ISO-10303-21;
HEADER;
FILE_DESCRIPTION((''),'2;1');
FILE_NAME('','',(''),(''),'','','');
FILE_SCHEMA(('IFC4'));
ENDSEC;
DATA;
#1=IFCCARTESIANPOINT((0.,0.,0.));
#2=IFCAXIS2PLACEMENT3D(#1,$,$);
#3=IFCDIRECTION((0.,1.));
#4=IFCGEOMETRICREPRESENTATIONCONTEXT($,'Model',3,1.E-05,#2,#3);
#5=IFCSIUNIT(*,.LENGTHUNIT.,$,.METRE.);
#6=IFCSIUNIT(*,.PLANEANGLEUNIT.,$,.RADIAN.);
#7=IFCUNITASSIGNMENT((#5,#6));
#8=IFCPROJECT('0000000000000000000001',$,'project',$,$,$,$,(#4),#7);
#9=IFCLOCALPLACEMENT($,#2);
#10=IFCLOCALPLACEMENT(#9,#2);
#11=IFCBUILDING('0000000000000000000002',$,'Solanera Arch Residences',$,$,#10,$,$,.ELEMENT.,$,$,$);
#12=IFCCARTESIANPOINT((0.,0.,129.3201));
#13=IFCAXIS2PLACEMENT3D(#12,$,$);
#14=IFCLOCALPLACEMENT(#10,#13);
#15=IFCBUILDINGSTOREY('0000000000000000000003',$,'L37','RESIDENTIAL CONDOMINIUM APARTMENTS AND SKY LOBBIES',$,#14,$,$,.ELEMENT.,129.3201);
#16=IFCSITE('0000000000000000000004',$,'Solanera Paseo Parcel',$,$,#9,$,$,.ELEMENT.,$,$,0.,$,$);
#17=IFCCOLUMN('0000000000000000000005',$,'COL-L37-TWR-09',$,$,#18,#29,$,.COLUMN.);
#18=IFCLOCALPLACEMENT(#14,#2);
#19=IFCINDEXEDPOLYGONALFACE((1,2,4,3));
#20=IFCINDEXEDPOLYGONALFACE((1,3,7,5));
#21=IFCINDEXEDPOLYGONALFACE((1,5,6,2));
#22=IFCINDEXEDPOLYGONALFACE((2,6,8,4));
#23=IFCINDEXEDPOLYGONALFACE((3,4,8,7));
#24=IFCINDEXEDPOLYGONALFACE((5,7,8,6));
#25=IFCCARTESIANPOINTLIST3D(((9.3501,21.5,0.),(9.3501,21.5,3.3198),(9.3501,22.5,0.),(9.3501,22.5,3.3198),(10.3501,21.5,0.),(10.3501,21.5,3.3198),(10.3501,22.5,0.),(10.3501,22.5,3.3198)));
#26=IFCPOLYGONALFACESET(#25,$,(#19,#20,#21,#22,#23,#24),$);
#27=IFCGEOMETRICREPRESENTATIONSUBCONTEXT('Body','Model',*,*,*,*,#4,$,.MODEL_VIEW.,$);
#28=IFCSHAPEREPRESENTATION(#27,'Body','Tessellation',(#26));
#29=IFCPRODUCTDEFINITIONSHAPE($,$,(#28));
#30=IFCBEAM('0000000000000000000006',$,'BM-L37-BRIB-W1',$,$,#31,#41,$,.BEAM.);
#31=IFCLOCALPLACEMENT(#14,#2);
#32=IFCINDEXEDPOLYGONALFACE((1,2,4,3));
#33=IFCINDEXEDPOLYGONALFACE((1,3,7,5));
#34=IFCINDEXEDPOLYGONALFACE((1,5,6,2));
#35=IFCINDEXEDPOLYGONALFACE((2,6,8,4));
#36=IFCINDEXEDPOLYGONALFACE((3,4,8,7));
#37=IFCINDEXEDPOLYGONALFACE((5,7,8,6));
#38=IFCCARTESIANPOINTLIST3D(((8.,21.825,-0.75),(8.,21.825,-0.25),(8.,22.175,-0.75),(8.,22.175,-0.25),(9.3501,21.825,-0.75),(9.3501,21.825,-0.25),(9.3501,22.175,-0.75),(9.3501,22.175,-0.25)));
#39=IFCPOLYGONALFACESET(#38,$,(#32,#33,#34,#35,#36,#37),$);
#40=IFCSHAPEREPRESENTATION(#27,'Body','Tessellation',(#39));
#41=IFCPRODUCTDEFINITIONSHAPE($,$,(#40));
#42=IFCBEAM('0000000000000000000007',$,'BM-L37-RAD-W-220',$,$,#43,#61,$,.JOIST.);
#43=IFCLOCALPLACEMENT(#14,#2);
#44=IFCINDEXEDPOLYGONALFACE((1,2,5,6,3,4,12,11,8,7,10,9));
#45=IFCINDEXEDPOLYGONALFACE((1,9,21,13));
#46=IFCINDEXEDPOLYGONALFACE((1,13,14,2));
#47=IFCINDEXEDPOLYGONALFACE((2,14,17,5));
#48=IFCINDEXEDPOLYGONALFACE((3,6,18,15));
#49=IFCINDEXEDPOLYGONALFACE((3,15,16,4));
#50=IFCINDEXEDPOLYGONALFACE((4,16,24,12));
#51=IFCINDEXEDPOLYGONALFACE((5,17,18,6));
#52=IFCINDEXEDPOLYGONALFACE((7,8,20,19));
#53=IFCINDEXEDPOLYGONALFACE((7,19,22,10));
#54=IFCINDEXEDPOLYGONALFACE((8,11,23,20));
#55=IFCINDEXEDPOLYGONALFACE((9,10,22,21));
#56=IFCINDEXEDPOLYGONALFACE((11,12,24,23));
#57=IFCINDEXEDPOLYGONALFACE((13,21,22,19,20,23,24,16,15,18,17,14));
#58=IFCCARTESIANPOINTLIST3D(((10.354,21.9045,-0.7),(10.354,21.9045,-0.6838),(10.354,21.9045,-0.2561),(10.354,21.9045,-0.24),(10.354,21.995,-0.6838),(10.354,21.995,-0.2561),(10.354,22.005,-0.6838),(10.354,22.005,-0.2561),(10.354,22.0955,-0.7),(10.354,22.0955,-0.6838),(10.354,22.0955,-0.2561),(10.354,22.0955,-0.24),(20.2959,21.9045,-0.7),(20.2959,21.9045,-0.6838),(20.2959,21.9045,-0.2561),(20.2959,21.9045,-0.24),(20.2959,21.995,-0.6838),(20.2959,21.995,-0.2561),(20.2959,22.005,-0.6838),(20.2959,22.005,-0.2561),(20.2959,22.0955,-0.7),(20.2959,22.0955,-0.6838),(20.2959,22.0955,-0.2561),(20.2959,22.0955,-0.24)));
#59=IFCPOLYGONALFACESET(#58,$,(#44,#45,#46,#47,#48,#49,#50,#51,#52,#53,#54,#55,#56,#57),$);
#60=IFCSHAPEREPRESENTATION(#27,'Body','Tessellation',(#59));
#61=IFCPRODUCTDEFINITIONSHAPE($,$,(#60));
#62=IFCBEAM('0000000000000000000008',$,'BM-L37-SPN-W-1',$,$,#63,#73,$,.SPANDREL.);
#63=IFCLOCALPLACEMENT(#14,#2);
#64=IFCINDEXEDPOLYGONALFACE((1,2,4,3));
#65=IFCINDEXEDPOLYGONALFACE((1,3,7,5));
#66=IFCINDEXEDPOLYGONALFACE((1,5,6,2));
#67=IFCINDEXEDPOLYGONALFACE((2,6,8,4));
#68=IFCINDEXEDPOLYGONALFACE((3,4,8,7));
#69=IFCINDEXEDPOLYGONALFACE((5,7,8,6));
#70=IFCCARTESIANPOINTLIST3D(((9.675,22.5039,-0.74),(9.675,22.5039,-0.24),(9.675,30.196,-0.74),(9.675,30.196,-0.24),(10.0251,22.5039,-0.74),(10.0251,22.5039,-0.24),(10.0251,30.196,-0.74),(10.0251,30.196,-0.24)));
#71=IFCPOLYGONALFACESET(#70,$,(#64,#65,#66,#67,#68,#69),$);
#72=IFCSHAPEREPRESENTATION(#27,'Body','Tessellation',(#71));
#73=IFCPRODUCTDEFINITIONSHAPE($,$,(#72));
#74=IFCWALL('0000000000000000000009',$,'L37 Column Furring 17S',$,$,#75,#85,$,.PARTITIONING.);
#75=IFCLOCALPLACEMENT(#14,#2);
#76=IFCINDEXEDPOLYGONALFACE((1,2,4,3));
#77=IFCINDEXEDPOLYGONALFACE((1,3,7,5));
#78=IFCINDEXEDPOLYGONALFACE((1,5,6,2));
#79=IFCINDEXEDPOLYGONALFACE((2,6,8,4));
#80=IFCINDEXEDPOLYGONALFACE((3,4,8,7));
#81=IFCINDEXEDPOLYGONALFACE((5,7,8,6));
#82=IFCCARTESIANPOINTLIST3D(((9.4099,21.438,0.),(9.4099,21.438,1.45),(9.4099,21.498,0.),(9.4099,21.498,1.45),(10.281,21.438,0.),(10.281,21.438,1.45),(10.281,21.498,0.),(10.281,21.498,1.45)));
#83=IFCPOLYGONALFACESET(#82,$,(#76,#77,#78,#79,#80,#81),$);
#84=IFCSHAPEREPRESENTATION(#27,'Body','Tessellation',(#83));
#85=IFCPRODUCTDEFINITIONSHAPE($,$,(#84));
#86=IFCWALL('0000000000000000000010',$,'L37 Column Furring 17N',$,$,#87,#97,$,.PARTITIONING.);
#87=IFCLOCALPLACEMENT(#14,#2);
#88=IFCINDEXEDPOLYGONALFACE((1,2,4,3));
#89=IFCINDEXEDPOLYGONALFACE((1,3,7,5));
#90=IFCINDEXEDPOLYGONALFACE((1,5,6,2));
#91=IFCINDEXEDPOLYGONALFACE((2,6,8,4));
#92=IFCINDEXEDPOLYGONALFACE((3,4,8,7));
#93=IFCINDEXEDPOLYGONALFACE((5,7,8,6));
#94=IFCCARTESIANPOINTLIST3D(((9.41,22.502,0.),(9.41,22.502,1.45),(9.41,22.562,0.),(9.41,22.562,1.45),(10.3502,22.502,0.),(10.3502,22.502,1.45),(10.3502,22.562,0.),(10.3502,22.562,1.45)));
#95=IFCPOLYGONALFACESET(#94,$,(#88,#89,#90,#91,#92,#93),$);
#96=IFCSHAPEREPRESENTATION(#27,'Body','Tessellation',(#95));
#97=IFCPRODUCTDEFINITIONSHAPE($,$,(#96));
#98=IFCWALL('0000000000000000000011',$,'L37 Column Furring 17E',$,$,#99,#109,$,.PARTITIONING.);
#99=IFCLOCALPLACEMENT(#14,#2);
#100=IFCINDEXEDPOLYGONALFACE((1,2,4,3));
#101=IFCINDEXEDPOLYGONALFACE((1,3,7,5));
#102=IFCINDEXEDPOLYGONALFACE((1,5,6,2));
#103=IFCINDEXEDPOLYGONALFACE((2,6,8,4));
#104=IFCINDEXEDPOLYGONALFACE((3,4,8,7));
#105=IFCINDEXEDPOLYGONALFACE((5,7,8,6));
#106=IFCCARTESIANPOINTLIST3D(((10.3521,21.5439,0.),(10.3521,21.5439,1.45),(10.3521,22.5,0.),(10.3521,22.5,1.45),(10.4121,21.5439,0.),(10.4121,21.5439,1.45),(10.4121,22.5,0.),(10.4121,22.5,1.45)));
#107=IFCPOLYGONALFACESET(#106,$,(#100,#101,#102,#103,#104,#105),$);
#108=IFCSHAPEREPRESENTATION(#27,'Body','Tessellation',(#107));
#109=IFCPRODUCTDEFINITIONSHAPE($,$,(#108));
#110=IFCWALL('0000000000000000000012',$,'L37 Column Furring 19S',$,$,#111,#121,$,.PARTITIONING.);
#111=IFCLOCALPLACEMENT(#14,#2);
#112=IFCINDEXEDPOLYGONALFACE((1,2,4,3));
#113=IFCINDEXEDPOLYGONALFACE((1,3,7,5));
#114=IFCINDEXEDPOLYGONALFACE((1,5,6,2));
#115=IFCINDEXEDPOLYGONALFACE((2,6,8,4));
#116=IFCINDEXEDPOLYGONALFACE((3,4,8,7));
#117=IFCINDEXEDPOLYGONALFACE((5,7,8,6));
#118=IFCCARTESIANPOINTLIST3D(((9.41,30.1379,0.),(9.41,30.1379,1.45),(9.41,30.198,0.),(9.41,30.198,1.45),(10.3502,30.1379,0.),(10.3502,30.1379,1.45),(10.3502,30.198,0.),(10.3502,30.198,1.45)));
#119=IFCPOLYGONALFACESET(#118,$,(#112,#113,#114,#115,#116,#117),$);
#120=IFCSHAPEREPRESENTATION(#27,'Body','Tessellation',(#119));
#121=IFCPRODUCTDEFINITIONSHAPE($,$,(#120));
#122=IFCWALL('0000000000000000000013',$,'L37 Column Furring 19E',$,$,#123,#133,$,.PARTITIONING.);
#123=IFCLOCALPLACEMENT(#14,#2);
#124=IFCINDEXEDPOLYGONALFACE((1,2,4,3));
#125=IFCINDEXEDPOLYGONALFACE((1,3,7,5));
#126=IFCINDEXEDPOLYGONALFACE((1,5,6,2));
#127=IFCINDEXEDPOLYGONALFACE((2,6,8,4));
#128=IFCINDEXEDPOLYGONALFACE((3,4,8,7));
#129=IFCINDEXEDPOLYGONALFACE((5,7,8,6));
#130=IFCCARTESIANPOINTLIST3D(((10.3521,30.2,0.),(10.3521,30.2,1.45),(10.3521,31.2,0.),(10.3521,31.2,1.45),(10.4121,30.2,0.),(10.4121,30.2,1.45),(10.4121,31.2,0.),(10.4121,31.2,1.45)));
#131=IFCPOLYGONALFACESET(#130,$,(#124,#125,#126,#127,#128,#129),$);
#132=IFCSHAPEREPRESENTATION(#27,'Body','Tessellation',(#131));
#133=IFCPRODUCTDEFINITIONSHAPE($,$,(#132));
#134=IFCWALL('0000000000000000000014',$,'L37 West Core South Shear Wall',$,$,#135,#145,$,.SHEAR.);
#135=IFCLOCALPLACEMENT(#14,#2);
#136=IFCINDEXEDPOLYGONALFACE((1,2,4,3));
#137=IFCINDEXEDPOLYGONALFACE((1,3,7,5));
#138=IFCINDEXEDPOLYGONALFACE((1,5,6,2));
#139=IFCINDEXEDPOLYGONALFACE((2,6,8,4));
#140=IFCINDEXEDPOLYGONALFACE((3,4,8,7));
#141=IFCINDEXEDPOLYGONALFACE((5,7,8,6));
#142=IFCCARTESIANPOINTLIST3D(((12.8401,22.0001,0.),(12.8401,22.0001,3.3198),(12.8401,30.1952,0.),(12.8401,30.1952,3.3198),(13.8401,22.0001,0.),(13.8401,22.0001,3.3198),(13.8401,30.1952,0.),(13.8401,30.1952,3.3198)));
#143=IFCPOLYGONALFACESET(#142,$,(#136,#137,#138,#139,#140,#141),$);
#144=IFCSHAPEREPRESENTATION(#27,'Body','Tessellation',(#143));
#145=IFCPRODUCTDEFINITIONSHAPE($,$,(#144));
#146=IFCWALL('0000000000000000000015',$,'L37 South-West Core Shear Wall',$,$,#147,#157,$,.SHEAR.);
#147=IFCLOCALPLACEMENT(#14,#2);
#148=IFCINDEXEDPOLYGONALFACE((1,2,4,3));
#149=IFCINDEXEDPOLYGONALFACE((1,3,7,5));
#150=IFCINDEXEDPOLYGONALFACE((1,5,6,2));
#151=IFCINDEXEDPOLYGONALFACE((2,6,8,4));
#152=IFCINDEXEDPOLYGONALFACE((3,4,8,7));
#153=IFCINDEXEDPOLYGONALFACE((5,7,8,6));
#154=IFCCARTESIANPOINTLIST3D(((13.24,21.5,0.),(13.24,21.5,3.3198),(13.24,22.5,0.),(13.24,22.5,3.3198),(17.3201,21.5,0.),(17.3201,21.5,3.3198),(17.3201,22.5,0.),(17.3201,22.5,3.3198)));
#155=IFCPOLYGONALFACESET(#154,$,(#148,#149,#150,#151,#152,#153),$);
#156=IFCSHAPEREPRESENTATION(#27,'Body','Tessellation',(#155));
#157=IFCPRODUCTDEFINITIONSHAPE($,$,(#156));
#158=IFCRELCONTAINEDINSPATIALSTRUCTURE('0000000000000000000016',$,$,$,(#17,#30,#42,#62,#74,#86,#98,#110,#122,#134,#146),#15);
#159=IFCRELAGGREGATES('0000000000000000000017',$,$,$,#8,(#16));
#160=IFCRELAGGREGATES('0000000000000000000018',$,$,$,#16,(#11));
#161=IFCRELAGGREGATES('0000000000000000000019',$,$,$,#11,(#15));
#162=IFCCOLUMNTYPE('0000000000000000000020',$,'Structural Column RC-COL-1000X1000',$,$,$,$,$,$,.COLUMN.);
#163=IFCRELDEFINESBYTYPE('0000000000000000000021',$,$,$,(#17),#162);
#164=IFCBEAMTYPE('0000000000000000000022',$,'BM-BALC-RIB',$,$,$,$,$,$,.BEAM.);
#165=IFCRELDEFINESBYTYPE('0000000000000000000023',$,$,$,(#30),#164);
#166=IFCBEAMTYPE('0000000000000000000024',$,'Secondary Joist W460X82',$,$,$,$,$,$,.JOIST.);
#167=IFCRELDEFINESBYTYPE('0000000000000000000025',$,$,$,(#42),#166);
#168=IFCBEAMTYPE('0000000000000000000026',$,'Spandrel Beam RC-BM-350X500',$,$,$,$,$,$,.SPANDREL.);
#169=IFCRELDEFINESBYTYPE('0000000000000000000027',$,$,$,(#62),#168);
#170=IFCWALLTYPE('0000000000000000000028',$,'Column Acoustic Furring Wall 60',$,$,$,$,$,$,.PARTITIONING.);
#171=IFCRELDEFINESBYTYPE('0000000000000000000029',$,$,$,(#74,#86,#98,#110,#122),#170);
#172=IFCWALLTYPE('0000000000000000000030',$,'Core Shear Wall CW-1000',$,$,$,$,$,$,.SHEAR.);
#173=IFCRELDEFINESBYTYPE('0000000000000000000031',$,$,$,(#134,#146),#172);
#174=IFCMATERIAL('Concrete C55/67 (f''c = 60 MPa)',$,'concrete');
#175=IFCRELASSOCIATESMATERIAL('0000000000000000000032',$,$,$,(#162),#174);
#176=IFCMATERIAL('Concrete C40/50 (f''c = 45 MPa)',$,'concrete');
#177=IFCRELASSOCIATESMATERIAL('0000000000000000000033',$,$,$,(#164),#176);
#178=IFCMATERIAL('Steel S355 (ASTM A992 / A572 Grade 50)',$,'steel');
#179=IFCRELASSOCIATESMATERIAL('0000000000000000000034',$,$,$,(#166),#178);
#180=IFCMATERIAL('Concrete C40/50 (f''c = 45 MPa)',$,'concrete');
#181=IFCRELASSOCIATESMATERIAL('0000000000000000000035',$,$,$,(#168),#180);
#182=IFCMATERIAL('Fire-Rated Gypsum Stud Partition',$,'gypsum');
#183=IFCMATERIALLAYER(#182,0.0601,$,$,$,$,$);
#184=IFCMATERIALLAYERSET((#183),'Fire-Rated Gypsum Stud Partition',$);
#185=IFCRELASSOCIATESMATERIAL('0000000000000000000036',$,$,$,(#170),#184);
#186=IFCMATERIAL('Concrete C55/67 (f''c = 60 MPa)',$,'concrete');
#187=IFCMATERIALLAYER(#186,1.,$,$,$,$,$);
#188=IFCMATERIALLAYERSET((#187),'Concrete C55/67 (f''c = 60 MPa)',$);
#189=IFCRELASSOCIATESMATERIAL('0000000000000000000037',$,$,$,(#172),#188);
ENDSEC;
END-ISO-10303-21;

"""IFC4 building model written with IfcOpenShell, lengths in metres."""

from ifc_helpers import new_model, si_unit, direction, frame, frame_2d, origin, origin_2d, place, context, subcontext, project, spatial, rectangle, i_section, extrude, material, layer, layer_set, material_profile, profile_set, type_object, element, save


model = new_model("IFC4")

# Units and contexts
model_context = context("Model", 3, precision=1e-05, world=origin(), true_north=direction((0.0, 1.0)))
body_context = subcontext(model_context, "Body", "Model", "MODEL_VIEW")
ifc_project = project(units=[si_unit("LENGTHUNIT", "METRE"), si_unit("PLANEANGLEUNIT", "RADIAN")], contexts=[model_context])

# Site, building, storey
site_placement = place(None, origin())
site = spatial("IfcSite", under=ifc_project, at=site_placement, Name="Solanera Paseo Parcel", CompositionType="ELEMENT", RefElevation=0.0)
building_placement = place(site_placement, origin())
building = spatial("IfcBuilding", under=site, at=building_placement, Name="Solanera Arch Residences", CompositionType="ELEMENT")
storey_placement = place(building_placement, frame((0.0, 0.0, 129.3201)))
storey = spatial("IfcBuildingStorey", under=building, at=storey_placement, Name="L37", Description="RESIDENTIAL CONDOMINIUM APARTMENTS AND SKY LOBBIES", CompositionType="ELEMENT", Elevation=129.3201)

# Column
ifc_material_1 = material(Name="Concrete C55/67 (f'c = 60 MPa)", Category="concrete")
ifc_material_profile_1 = material_profile(ifc_material_1, rectangle(XDim=1.0, YDim=1.0, at=origin_2d()))
ifc_profile_set_1 = profile_set([ifc_material_profile_1], Name="Concrete C55/67 (f'c = 60 MPa)")
column_type = type_object("IfcColumnType", Name="Structural Column RC-COL-1000X1000", PredefinedType="COLUMN", material=ifc_profile_set_1)
column_placement = place(storey_placement, frame((9.8501, 22.0, 0.0), z_axis=(0.0, 0.0, 1.0), x_axis=(1.0, 0.0, 0.0)))
element("IfcColumn", 1, at=column_placement, inside=storey, type_object=column_type, Name="COL-L37-TWR-09", PredefinedType="COLUMN", context=body_context, shape_type="SweptSolid", body=[
    extrude(rectangle(XDim=1.0, YDim=1.0, at=origin_2d()), origin(), (0.0, 0.0, 1.0), 3.3198),
])

# Beams
ifc_material_2 = material(Name="Concrete C40/50 (f'c = 45 MPa)", Category="concrete")
ifc_material_profile_2 = material_profile(ifc_material_2, rectangle(XDim=0.3501, YDim=0.5, at=origin_2d()))
ifc_profile_set_2 = profile_set([ifc_material_profile_2], Name="Concrete C40/50 (f'c = 45 MPa)")
beam_type_1 = type_object("IfcBeamType", Name="BM-BALC-RIB", PredefinedType="BEAM", material=ifc_profile_set_2)
beam_1_placement = place(storey_placement, frame((8.0, 22.0, -0.5), z_axis=(1.0, 0.0, 0.0), x_axis=(0.0, 1.0, 0.0)))
element("IfcBeam", 2, at=beam_1_placement, inside=storey, type_object=beam_type_1, Name="BM-L37-BRIB-W1", PredefinedType="BEAM", context=body_context, shape_type="SweptSolid", body=[
    extrude(rectangle(XDim=0.3501, YDim=0.5, at=origin_2d()), origin(), (0.0, 0.0, 1.0), 1.3501),
])
ifc_material_3 = material(Name="Steel S355 (ASTM A992 / A572 Grade 50)", Category="steel")
ifc_material_profile_3 = material_profile(ifc_material_3, i_section(OverallWidth=0.1909, OverallDepth=0.46, WebThickness=0.01, FlangeThickness=0.0161, at=origin_2d()))
ifc_profile_set_3 = profile_set([ifc_material_profile_3], Name="Steel S355 (ASTM A992 / A572 Grade 50)")
beam_type_2 = type_object("IfcBeamType", Name="Secondary Joist W460X82", PredefinedType="JOIST", material=ifc_profile_set_3)
beam_2_placement = place(storey_placement, frame((10.354, 22.0, -0.47), z_axis=(1.0, 0.0, 0.0), x_axis=(0.0, 1.0, 0.0)))
element("IfcBeam", 3, at=beam_2_placement, inside=storey, type_object=beam_type_2, Name="BM-L37-RAD-W-220", PredefinedType="JOIST", context=body_context, shape_type="SweptSolid", body=[
    extrude(i_section(OverallWidth=0.1909, OverallDepth=0.46, WebThickness=0.01, FlangeThickness=0.0161, at=origin_2d()), origin(), (0.0, 0.0, 1.0), 9.9419),
])
ifc_material_4 = material(Name="Concrete C40/50 (f'c = 45 MPa)", Category="concrete")
ifc_material_profile_4 = material_profile(ifc_material_4, rectangle(XDim=0.3501, YDim=0.5, at=origin_2d()))
ifc_profile_set_4 = profile_set([ifc_material_profile_4], Name="Concrete C40/50 (f'c = 45 MPa)")
beam_type_3 = type_object("IfcBeamType", Name="Spandrel Beam RC-BM-350X500", PredefinedType="SPANDREL", material=ifc_profile_set_4)
beam_3_placement = place(storey_placement, frame((9.8501, 22.5039, -0.49), z_axis=(0.0, 1.0, 0.0), x_axis=(-1.0, 0.0, 0.0)))
element("IfcBeam", 4, at=beam_3_placement, inside=storey, type_object=beam_type_3, Name="BM-L37-SPN-W-1", PredefinedType="SPANDREL", context=body_context, shape_type="SweptSolid", body=[
    extrude(rectangle(XDim=0.3501, YDim=0.5, at=origin_2d()), origin(), (0.0, 0.0, 1.0), 7.6921),
])

# Walls
ifc_material_5 = material(Name="Fire-Rated Gypsum Stud Partition", Category="gypsum")
ifc_layer_1 = layer(ifc_material_5, 0.0601)
ifc_layer_set_1 = layer_set([ifc_layer_1], Name="Fire-Rated Gypsum Stud Partition")
wall_type_1 = type_object("IfcWallType", Name="Column Acoustic Furring Wall 60", PredefinedType="PARTITIONING", material=ifc_layer_set_1)
wall_1_placement = place(storey_placement, frame((9.4099, 21.468, 0.0), z_axis=(0.0, 0.0, 1.0), x_axis=(1.0, 0.0, 0.0)))
element("IfcWall", 5, at=wall_1_placement, inside=storey, type_object=wall_type_1, Name="L37 Column Furring 17S", PredefinedType="PARTITIONING", context=body_context, shape_type="SweptSolid", body=[
    extrude(rectangle(XDim=0.8711, YDim=0.0601, at=frame_2d((0.4355, 0.0))), origin(), (0.0, 0.0, 1.0), 1.45),
])
wall_2_placement = place(storey_placement, frame((9.4099, 22.532, 0.0), z_axis=(0.0, 0.0, 1.0), x_axis=(1.0, 0.0, 0.0)))
element("IfcWall", 6, at=wall_2_placement, inside=storey, type_object=wall_type_1, Name="L37 Column Furring 17N", PredefinedType="PARTITIONING", context=body_context, shape_type="SweptSolid", body=[
    extrude(rectangle(XDim=0.9402, YDim=0.0601, at=frame_2d((0.4702, 0.0))), origin(), (0.0, 0.0, 1.0), 1.45),
])
wall_3_placement = place(storey_placement, frame((10.3821, 21.5439, 0.0), z_axis=(0.0, 0.0, 1.0), x_axis=(0.0, 1.0, 0.0)))
element("IfcWall", 7, at=wall_3_placement, inside=storey, type_object=wall_type_1, Name="L37 Column Furring 17E", PredefinedType="PARTITIONING", context=body_context, shape_type="SweptSolid", body=[
    extrude(rectangle(XDim=0.9561, YDim=0.0601, at=frame_2d((0.478, 0.0))), origin(), (0.0, 0.0, 1.0), 1.45),
])
wall_4_placement = place(storey_placement, frame((9.4099, 30.168, 0.0), z_axis=(0.0, 0.0, 1.0), x_axis=(1.0, 0.0, 0.0)))
element("IfcWall", 8, at=wall_4_placement, inside=storey, type_object=wall_type_1, Name="L37 Column Furring 19S", PredefinedType="PARTITIONING", context=body_context, shape_type="SweptSolid", body=[
    extrude(rectangle(XDim=0.9402, YDim=0.0601, at=frame_2d((0.4702, 0.0))), origin(), (0.0, 0.0, 1.0), 1.45),
])
wall_5_placement = place(storey_placement, frame((10.3821, 30.2, 0.0), z_axis=(0.0, 0.0, 1.0), x_axis=(0.0, 1.0, 0.0)))
element("IfcWall", 9, at=wall_5_placement, inside=storey, type_object=wall_type_1, Name="L37 Column Furring 19E", PredefinedType="PARTITIONING", context=body_context, shape_type="SweptSolid", body=[
    extrude(rectangle(XDim=1.0, YDim=0.0601, at=frame_2d((0.5, 0.0))), origin(), (0.0, 0.0, 1.0), 1.45),
])
ifc_material_6 = material(Name="Concrete C55/67 (f'c = 60 MPa)", Category="concrete")
ifc_layer_2 = layer(ifc_material_6, 1.0)
ifc_layer_set_2 = layer_set([ifc_layer_2], Name="Concrete C55/67 (f'c = 60 MPa)")
wall_type_2 = type_object("IfcWallType", Name="Core Shear Wall CW-1000", PredefinedType="SHEAR", material=ifc_layer_set_2)
wall_6_placement = place(storey_placement, frame((13.3401, 22.0, 0.0), z_axis=(0.0, 0.0, 1.0), x_axis=(0.0, 1.0, 0.0)))
element("IfcWall", 10, at=wall_6_placement, inside=storey, type_object=wall_type_2, Name="L37 West Core South Shear Wall", PredefinedType="SHEAR", context=body_context, shape_type="SweptSolid", body=[
    extrude(rectangle(XDim=8.1951, YDim=1.0, at=frame_2d((4.0977, 0.0))), origin(), (0.0, 0.0, 1.0), 3.3198),
])
wall_7_placement = place(storey_placement, frame((13.24, 22.0, 0.0), z_axis=(0.0, 0.0, 1.0), x_axis=(1.0, 0.0, 0.0)))
element("IfcWall", 11, at=wall_7_placement, inside=storey, type_object=wall_type_2, Name="L37 South-West Core Shear Wall", PredefinedType="SHEAR", context=body_context, shape_type="SweptSolid", body=[
    extrude(rectangle(XDim=4.0801, YDim=1.0, at=frame_2d((2.04, 0.0))), origin(), (0.0, 0.0, 1.0), 3.3198),
])

save(model, "model.ifc")
